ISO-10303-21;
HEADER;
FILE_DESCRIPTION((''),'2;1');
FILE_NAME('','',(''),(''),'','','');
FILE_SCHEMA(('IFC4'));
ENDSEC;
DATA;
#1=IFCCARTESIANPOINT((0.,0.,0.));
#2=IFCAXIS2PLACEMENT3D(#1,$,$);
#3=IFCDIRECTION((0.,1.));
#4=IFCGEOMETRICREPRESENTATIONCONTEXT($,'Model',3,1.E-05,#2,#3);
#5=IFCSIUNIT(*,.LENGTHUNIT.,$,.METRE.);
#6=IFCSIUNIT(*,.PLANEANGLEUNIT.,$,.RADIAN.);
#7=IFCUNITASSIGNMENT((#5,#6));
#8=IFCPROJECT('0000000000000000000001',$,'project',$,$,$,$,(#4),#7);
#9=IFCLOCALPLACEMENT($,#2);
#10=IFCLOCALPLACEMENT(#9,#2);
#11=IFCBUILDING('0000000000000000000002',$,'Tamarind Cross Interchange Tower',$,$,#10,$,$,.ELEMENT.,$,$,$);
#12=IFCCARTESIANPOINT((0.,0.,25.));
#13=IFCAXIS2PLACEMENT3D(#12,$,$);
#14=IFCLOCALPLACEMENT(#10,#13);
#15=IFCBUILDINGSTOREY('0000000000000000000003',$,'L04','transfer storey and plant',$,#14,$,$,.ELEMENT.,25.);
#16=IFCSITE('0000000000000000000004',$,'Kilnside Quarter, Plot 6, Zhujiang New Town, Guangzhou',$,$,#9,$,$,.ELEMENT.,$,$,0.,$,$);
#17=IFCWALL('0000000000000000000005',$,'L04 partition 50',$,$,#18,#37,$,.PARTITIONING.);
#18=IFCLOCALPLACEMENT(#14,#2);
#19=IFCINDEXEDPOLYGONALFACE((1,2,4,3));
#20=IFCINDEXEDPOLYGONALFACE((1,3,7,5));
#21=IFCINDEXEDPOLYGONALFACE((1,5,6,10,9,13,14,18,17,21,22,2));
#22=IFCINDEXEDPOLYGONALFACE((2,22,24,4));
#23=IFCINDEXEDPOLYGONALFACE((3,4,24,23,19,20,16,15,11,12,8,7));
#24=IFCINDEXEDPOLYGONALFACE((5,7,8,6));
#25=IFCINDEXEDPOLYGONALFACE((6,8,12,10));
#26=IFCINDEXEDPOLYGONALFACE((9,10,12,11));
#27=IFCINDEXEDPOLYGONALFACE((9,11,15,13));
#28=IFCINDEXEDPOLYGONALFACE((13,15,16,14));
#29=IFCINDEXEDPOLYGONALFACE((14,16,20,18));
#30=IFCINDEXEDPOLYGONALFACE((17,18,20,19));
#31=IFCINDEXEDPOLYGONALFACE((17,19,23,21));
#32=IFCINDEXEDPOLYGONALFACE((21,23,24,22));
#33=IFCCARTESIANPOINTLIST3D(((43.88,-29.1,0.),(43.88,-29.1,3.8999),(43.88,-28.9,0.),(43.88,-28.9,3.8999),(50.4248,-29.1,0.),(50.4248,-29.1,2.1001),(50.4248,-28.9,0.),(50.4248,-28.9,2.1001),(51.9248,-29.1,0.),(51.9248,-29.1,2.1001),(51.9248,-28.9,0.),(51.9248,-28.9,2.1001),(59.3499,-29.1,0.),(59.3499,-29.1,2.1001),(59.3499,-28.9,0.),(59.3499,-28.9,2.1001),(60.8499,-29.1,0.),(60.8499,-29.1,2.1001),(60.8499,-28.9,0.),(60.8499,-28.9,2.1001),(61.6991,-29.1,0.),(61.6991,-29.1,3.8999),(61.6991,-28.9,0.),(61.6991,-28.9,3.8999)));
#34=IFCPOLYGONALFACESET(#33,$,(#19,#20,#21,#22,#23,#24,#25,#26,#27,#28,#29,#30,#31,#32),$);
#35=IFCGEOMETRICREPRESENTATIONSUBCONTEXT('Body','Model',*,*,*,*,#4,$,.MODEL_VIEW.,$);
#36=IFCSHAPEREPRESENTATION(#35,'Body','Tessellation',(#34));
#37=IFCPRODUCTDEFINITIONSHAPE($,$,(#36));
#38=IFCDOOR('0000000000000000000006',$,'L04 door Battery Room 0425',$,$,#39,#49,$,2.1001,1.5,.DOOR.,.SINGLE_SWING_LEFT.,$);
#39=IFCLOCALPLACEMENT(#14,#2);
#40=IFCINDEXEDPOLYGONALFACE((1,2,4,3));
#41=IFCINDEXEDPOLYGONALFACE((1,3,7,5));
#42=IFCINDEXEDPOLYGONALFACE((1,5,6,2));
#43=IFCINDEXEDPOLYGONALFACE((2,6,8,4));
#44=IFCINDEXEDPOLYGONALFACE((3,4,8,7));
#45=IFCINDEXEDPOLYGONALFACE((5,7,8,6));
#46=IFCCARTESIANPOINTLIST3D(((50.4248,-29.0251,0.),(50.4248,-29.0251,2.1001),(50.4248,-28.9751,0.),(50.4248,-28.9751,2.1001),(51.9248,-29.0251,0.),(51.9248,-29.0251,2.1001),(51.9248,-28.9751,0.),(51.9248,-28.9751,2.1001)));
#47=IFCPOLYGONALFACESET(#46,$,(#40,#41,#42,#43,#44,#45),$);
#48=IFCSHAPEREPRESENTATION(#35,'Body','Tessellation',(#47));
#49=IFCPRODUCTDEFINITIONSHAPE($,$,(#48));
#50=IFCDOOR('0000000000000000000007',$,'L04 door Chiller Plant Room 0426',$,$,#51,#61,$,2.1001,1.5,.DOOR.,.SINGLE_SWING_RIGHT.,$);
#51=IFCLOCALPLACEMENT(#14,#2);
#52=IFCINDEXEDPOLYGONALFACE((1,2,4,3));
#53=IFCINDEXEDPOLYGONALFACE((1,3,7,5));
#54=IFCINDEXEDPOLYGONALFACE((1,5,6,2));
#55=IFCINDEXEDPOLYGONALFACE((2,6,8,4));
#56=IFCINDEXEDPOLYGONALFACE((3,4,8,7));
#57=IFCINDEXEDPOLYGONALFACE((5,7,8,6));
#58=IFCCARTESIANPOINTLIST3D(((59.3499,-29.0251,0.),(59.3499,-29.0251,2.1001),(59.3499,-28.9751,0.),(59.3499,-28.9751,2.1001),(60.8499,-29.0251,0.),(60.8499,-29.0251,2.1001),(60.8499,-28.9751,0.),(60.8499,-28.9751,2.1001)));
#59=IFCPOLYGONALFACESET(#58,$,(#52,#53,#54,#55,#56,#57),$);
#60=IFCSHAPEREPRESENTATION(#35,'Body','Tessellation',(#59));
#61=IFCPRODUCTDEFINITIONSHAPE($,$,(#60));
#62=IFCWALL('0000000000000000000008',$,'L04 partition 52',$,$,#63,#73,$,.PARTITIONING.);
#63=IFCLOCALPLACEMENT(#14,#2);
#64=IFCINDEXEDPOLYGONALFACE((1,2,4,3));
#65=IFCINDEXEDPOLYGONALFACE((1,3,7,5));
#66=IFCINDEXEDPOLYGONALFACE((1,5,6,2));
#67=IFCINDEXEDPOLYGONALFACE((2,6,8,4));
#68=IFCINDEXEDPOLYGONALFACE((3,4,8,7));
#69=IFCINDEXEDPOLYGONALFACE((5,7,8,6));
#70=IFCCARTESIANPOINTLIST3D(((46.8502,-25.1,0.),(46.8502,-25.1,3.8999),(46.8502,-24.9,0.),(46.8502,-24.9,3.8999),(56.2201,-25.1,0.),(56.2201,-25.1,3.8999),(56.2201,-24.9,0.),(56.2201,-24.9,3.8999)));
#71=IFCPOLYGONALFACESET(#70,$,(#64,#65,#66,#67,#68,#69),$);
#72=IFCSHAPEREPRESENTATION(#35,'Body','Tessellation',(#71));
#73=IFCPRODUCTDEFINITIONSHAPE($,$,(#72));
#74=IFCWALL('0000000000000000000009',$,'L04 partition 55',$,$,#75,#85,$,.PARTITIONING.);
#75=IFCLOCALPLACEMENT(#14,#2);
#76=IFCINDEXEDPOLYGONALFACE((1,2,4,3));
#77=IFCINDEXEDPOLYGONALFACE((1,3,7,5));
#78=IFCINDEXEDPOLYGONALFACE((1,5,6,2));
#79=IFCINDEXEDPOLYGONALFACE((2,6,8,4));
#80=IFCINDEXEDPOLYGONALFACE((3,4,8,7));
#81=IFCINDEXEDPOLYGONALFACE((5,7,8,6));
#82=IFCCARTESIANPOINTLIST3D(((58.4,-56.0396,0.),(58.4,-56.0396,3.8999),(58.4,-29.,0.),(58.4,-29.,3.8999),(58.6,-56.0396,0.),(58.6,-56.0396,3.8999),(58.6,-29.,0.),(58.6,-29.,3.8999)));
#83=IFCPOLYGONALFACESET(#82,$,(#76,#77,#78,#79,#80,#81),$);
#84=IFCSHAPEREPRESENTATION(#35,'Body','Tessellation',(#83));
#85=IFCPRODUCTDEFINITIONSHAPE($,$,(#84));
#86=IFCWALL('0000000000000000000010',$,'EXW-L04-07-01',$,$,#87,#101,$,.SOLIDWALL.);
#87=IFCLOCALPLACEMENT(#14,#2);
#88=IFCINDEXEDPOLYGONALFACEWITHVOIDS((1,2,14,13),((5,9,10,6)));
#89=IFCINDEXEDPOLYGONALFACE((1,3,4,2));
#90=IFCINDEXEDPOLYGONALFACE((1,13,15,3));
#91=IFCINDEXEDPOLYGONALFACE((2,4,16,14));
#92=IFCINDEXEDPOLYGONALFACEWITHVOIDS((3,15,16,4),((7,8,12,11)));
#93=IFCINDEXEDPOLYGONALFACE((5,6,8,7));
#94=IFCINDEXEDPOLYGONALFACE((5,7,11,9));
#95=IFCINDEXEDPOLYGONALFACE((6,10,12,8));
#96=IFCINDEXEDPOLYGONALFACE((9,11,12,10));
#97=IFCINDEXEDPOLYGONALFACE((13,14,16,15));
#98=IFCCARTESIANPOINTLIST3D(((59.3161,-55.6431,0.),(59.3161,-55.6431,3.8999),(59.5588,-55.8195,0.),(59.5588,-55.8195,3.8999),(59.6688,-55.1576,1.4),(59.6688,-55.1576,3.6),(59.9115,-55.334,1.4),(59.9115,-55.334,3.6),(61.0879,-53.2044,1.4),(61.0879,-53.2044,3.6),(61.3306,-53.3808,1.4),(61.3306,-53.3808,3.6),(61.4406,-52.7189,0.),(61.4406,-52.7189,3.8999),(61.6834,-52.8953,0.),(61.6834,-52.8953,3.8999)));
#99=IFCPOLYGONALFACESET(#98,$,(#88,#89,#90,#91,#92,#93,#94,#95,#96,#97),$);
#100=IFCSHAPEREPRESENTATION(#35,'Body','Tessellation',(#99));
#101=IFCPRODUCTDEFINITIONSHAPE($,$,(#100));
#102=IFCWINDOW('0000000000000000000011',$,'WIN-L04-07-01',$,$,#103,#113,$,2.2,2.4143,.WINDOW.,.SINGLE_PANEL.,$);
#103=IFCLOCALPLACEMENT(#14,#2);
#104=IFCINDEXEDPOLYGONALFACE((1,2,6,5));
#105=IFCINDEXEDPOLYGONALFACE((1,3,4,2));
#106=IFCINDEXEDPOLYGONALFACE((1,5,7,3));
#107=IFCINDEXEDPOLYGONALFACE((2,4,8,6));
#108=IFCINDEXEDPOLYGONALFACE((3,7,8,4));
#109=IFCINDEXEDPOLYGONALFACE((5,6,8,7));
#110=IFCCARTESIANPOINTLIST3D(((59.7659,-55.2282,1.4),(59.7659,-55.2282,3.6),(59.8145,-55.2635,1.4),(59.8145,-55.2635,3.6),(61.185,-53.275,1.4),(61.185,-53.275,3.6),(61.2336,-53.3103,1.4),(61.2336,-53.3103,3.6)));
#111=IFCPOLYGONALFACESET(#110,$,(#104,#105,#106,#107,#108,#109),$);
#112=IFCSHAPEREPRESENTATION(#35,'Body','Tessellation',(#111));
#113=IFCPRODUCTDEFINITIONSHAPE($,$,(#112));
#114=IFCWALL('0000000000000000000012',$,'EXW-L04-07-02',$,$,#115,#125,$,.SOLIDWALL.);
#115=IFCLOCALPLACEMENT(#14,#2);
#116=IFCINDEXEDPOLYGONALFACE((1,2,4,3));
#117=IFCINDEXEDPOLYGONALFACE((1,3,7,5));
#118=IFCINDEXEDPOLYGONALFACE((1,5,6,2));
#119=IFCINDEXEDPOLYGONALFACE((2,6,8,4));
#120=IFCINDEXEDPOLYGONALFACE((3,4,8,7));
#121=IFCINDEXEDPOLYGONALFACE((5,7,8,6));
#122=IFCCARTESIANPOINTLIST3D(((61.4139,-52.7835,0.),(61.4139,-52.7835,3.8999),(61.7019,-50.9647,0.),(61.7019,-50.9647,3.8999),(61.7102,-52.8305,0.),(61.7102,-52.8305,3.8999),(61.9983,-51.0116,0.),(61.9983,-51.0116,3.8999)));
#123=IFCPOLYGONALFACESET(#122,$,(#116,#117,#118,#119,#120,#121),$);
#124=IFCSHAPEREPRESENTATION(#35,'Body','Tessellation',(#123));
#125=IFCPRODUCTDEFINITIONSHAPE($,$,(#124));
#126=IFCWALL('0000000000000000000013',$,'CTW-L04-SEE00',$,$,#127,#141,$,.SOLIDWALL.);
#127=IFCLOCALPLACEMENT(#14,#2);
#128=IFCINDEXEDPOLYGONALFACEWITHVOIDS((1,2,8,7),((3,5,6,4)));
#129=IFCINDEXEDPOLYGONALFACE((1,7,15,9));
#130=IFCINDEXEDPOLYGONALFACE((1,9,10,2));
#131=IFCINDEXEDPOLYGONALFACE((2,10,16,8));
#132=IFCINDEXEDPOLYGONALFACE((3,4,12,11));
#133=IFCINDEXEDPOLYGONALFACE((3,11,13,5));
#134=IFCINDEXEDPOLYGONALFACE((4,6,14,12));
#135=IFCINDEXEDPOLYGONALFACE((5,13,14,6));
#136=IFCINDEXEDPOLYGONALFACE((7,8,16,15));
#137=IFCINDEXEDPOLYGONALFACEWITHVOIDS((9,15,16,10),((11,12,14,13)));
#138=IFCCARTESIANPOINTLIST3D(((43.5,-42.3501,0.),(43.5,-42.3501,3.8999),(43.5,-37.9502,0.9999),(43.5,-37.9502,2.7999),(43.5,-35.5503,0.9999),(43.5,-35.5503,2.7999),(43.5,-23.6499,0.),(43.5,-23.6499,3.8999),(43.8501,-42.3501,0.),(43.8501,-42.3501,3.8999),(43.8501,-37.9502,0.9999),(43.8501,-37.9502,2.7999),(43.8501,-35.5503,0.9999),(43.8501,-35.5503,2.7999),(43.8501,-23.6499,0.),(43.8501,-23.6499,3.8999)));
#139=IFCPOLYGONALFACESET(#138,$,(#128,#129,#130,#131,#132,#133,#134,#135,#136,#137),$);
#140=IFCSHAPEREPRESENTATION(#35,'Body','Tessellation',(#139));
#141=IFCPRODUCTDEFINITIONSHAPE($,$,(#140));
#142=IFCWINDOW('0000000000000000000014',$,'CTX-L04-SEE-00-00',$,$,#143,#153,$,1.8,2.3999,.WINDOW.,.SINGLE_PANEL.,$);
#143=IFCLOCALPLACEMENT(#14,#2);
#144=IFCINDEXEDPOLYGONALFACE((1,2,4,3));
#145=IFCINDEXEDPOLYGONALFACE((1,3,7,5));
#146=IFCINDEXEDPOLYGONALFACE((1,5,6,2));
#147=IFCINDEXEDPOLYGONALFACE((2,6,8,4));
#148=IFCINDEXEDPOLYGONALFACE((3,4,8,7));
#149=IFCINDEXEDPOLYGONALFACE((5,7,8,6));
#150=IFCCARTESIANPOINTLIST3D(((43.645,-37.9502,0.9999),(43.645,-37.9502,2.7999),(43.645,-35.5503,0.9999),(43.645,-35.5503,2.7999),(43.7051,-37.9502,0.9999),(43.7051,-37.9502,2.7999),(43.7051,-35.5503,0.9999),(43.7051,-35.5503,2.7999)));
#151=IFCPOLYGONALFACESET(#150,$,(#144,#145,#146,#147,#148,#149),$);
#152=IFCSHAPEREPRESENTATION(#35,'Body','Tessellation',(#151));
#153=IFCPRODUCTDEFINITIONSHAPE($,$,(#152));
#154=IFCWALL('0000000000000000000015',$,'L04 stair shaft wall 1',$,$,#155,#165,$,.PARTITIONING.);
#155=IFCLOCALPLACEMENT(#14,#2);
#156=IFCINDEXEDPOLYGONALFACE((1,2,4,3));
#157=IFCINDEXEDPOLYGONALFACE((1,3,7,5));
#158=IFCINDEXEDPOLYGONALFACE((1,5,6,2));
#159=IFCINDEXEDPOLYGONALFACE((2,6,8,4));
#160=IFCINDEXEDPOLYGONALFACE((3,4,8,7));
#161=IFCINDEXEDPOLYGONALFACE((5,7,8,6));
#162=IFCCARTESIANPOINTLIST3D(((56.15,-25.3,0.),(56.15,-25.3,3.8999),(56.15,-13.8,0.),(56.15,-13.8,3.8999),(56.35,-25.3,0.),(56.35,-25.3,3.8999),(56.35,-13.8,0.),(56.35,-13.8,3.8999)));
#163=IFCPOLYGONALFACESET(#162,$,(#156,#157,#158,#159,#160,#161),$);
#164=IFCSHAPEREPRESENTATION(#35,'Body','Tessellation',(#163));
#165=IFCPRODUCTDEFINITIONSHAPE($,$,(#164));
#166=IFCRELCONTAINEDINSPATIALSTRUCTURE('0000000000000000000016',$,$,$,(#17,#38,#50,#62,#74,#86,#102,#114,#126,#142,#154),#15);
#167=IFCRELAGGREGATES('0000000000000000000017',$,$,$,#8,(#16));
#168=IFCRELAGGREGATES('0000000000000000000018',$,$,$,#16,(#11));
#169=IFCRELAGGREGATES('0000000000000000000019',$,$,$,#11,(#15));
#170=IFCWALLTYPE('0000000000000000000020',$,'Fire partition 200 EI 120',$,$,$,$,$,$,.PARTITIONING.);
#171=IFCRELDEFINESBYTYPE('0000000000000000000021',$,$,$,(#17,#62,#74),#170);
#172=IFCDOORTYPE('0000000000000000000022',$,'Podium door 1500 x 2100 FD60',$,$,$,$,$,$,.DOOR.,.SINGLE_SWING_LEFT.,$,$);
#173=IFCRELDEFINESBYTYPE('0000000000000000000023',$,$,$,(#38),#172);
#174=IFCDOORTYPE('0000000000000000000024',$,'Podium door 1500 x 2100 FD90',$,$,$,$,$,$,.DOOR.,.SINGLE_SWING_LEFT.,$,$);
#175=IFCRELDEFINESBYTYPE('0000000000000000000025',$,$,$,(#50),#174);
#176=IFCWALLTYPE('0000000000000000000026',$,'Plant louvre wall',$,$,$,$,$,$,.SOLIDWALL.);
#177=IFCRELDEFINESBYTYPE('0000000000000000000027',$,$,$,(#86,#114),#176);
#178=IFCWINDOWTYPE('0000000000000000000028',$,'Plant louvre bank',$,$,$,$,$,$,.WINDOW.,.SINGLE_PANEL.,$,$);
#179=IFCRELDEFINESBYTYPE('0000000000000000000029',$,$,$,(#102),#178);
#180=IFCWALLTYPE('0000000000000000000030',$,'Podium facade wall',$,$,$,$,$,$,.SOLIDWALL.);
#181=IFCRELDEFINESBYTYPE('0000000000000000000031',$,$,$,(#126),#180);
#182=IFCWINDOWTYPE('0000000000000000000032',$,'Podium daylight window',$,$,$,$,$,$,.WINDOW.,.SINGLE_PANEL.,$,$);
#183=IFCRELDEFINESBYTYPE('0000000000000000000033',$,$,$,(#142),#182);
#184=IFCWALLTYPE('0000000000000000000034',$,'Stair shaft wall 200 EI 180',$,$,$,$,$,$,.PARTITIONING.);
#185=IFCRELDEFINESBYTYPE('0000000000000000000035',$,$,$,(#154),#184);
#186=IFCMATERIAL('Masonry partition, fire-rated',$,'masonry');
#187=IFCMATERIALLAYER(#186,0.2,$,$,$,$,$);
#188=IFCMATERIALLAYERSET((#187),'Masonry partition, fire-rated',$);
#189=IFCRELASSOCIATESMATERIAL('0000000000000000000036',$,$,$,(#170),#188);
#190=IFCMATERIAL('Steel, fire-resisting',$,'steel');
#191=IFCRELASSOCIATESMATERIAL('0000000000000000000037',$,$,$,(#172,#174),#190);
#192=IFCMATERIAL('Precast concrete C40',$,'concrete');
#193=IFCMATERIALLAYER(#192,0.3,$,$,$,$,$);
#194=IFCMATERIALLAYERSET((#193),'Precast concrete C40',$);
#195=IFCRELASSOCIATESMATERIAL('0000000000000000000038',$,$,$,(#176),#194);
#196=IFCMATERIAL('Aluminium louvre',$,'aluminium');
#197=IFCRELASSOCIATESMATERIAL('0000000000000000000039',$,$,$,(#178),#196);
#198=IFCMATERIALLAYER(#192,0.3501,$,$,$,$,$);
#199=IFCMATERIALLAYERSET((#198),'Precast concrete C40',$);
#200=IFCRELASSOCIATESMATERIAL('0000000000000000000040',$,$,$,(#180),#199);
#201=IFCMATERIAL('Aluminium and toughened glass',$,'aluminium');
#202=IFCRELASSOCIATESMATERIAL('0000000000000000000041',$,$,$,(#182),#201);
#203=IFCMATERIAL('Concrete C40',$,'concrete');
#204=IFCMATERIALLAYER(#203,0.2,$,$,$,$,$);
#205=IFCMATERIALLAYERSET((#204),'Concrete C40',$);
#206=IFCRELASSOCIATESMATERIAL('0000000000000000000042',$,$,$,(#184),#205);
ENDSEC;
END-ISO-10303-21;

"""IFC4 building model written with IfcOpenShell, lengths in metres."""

from ifc_helpers import new_model, si_unit, direction, frame, frame_2d, origin, place, context, subcontext, project, spatial, rectangle, extrude, material, layer, layer_set, type_object, element, fill, save


model = new_model("IFC4")

# Units and contexts
model_context = context("Model", 3, precision=1e-05, world=origin(), true_north=direction((0.0, 1.0)))
body_context = subcontext(model_context, "Body", "Model", "MODEL_VIEW")
ifc_project = project(units=[si_unit("LENGTHUNIT", "METRE"), si_unit("PLANEANGLEUNIT", "RADIAN")], contexts=[model_context])

# Site, building, storey
site_placement = place(None, origin())
site = spatial("IfcSite", under=ifc_project, at=site_placement, Name="Kilnside Quarter, Plot 6, Zhujiang New Town, Guangzhou", CompositionType="ELEMENT", RefElevation=0.0)
building_placement = place(site_placement, origin())
building = spatial("IfcBuilding", under=site, at=building_placement, Name="Tamarind Cross Interchange Tower", CompositionType="ELEMENT")
storey_placement = place(building_placement, frame((0.0, 0.0, 25.0)))
storey = spatial("IfcBuildingStorey", under=building, at=storey_placement, Name="L04", Description="transfer storey and plant", CompositionType="ELEMENT", Elevation=25.0)

# Shared definitions
ifc_material_1 = material(Name="Masonry partition, fire-rated", Category="masonry")
ifc_layer_1 = layer(ifc_material_1, 0.2)
ifc_layer_set_1 = layer_set([ifc_layer_1], Name="Masonry partition, fire-rated")
wall_type_1 = type_object("IfcWallType", Name="Fire partition 200 EI 120", PredefinedType="PARTITIONING", material=ifc_layer_set_1)

# Shared definitions
ifc_material_2 = material(Name="Steel, fire-resisting", Category="steel")
door_type_1 = type_object("IfcDoorType", Name="Podium door 1500 x 2100 FD60", OperationType="SINGLE_SWING_LEFT", PredefinedType="DOOR", material=ifc_material_2)

# Wall, openings, doors
wall_1_placement = place(storey_placement, frame((43.8799, -29.0, 0.0), z_axis=(0.0, 0.0, 1.0), x_axis=(1.0, 0.0, 0.0)))
wall_1 = element("IfcWall", 1, at=wall_1_placement, inside=storey, type_object=wall_type_1, Name="L04 partition 50", PredefinedType="PARTITIONING", context=body_context, shape_type="SweptSolid", body=[
    extrude(rectangle(XDim=17.8191, YDim=0.2, at=frame_2d((8.9097, 0.0))), origin(), (0.0, 0.0, 1.0), 3.8999),
])
opening_1_placement = place(wall_1_placement, frame((6.5449, 0.0, 0.0)))
opening_1 = element("IfcOpeningElement", 2, at=opening_1_placement, cuts=wall_1, PredefinedType="OPENING", context=body_context, shape_type="SweptSolid", body=[
    extrude(rectangle(XDim=1.5, YDim=2.1001, at=frame_2d((0.75, 1.05))), frame((0.0, 0.1099, 0.0), z_axis=(0.0, -1.0, 0.0), x_axis=(1.0, 0.0, 0.0)), (0.0, 0.0, 1.0), 0.22),
])
opening_2_placement = place(wall_1_placement, frame((15.47, 0.0, 0.0)))
opening_2 = element("IfcOpeningElement", 3, at=opening_2_placement, cuts=wall_1, PredefinedType="OPENING", context=body_context, shape_type="SweptSolid", body=[
    extrude(rectangle(XDim=1.5, YDim=2.1001, at=frame_2d((0.75, 1.05))), frame((0.0, 0.1099, 0.0), z_axis=(0.0, -1.0, 0.0), x_axis=(1.0, 0.0, 0.0)), (0.0, 0.0, 1.0), 0.22),
])
door_1_placement = place(opening_1_placement, origin())
door_1 = element("IfcDoor", 4, at=door_1_placement, inside=storey, type_object=door_type_1, Name="L04 door Battery Room 0425", OperationType="SINGLE_SWING_LEFT", OverallHeight=2.1001, OverallWidth=1.5, PredefinedType="DOOR", context=body_context, shape_type="SweptSolid", body=[
    extrude(rectangle(XDim=1.5, YDim=2.1001, at=frame_2d((0.75, 1.05))), frame((0.0, 0.0249, 0.0), z_axis=(0.0, -1.0, 0.0), x_axis=(1.0, 0.0, 0.0)), (0.0, 0.0, 1.0), 0.05),
])
fill(opening_1, door_1)
door_type_2 = type_object("IfcDoorType", Name="Podium door 1500 x 2100 FD90", OperationType="SINGLE_SWING_LEFT", PredefinedType="DOOR", material=ifc_material_2)
door_2_placement = place(opening_2_placement, origin())
door_2 = element("IfcDoor", 5, at=door_2_placement, inside=storey, type_object=door_type_2, Name="L04 door Chiller Plant Room 0426", OperationType="SINGLE_SWING_RIGHT", OverallHeight=2.1001, OverallWidth=1.5, PredefinedType="DOOR", context=body_context, shape_type="SweptSolid", body=[
    extrude(rectangle(XDim=1.5, YDim=2.1001, at=frame_2d((0.75, 1.05))), frame((0.0, 0.0249, 0.0), z_axis=(0.0, -1.0, 0.0), x_axis=(1.0, 0.0, 0.0)), (0.0, 0.0, 1.0), 0.05),
])
fill(opening_2, door_2)

# Walls
wall_2_placement = place(storey_placement, frame((46.8501, -25.0, 0.0), z_axis=(0.0, 0.0, 1.0), x_axis=(1.0, 0.0, 0.0)))
element("IfcWall", 6, at=wall_2_placement, inside=storey, type_object=wall_type_1, Name="L04 partition 52", PredefinedType="PARTITIONING", context=body_context, shape_type="SweptSolid", body=[
    extrude(rectangle(XDim=9.3699, YDim=0.2, at=frame_2d((4.6851, 0.0))), origin(), (0.0, 0.0, 1.0), 3.8999),
])
wall_3_placement = place(storey_placement, frame((58.5, -56.0396, 0.0), z_axis=(0.0, 0.0, 1.0), x_axis=(0.0, 1.0, 0.0)))
element("IfcWall", 7, at=wall_3_placement, inside=storey, type_object=wall_type_1, Name="L04 partition 55", PredefinedType="PARTITIONING", context=body_context, shape_type="SweptSolid", body=[
    extrude(rectangle(XDim=27.0396, YDim=0.2, at=frame_2d((13.5198, 0.0))), origin(), (0.0, 0.0, 1.0), 3.8999),
])

# Shared definitions
ifc_material_3 = material(Name="Precast concrete C40", Category="concrete")
ifc_layer_2 = layer(ifc_material_3, 0.3)
ifc_layer_set_2 = layer_set([ifc_layer_2], Name="Precast concrete C40")
wall_type_2 = type_object("IfcWallType", Name="Plant louvre wall", PredefinedType="SOLIDWALL", material=ifc_layer_set_2)
ifc_material_4 = material(Name="Aluminium louvre", Category="aluminium")
window_type_1 = type_object("IfcWindowType", Name="Plant louvre bank", PartitioningType="SINGLE_PANEL", PredefinedType="WINDOW", material=ifc_material_4)

# Wall, opening, window
wall_4_placement = place(storey_placement, frame((59.4375, -55.7312, 0.0), z_axis=(0.0, 0.0, 1.0), x_axis=(0.587794, 0.809011, 0.0)))
wall_4 = element("IfcWall", 8, at=wall_4_placement, inside=storey, type_object=wall_type_2, Name="EXW-L04-07-01", PredefinedType="SOLIDWALL", context=body_context, shape_type="SweptSolid", body=[
    extrude(rectangle(XDim=3.6145, YDim=0.3, at=frame_2d((1.8071, 0.0))), origin(), (0.0, 0.0, 1.0), 3.8999),
])
opening_3_placement = place(wall_4_placement, frame((0.6001, 0.0, 1.3999)))
opening_3 = element("IfcOpeningElement", 9, at=opening_3_placement, cuts=wall_4, PredefinedType="OPENING", context=body_context, shape_type="SweptSolid", body=[
    extrude(rectangle(XDim=2.4143, YDim=2.2, at=frame_2d((1.207, 1.1001))), frame((0.0, 0.1599, 0.0), z_axis=(0.0, -1.0, 0.0), x_axis=(1.0, 0.0, 0.0)), (0.0, 0.0, 1.0), 0.3201),
])
window_1_placement = place(opening_3_placement, origin())
window_1 = element("IfcWindow", 10, at=window_1_placement, inside=storey, type_object=window_type_1, Name="WIN-L04-07-01", OverallHeight=2.2, OverallWidth=2.4143, PartitioningType="SINGLE_PANEL", PredefinedType="WINDOW", context=body_context, shape_type="SweptSolid", body=[
    extrude(rectangle(XDim=2.4143, YDim=2.2, at=frame_2d((1.207, 1.1001))), frame((0.0, 0.03, 0.0), z_axis=(0.0, -1.0, 0.0), x_axis=(1.0, 0.0, 0.0)), (0.0, 0.0, 1.0), 0.0601),
])
fill(opening_3, window_1)

# Wall
wall_5_placement = place(storey_placement, frame((61.562, -52.8071, 0.0), z_axis=(0.0, 0.0, 1.0), x_axis=(0.156439, 0.987688, 0.0)))
element("IfcWall", 11, at=wall_5_placement, inside=storey, type_object=wall_type_2, Name="EXW-L04-07-02", PredefinedType="SOLIDWALL", context=body_context, shape_type="SweptSolid", body=[
    extrude(rectangle(XDim=1.8416, YDim=0.3, at=frame_2d((0.9209, 0.0))), origin(), (0.0, 0.0, 1.0), 3.8999),
])

# Wall, opening, window
ifc_layer_3 = layer(ifc_material_3, 0.3501)
ifc_layer_set_3 = layer_set([ifc_layer_3], Name="Precast concrete C40")
wall_type_3 = type_object("IfcWallType", Name="Podium facade wall", PredefinedType="SOLIDWALL", material=ifc_layer_set_3)
wall_6_placement = place(storey_placement, frame((43.675, -42.3501, 0.0), z_axis=(0.0, 0.0, 1.0), x_axis=(0.0, 1.0, 0.0)))
wall_6 = element("IfcWall", 12, at=wall_6_placement, inside=storey, type_object=wall_type_3, Name="CTW-L04-SEE00", PredefinedType="SOLIDWALL", context=body_context, shape_type="SweptSolid", body=[
    extrude(rectangle(XDim=18.7002, YDim=0.3501, at=frame_2d((9.3501, 0.0))), origin(), (0.0, 0.0, 1.0), 3.8999),
])
opening_4_placement = place(wall_6_placement, frame((4.3999, 0.0, 1.0)))
opening_4 = element("IfcOpeningElement", 13, at=opening_4_placement, cuts=wall_6, PredefinedType="OPENING", context=body_context, shape_type="SweptSolid", body=[
    extrude(rectangle(XDim=2.3999, YDim=1.8, at=frame_2d((1.2, 0.8999))), frame((0.0, 0.1851, 0.0), z_axis=(0.0, -1.0, 0.0), x_axis=(1.0, 0.0, 0.0)), (0.0, 0.0, 1.0), 0.3701),
])
ifc_material_5 = material(Name="Aluminium and toughened glass", Category="aluminium")
window_type_2 = type_object("IfcWindowType", Name="Podium daylight window", PartitioningType="SINGLE_PANEL", PredefinedType="WINDOW", material=ifc_material_5)
window_2_placement = place(opening_4_placement, origin())
window_2 = element("IfcWindow", 14, at=window_2_placement, inside=storey, type_object=window_type_2, Name="CTX-L04-SEE-00-00", OverallHeight=1.8, OverallWidth=2.3999, PartitioningType="SINGLE_PANEL", PredefinedType="WINDOW", context=body_context, shape_type="SweptSolid", body=[
    extrude(rectangle(XDim=2.3999, YDim=1.8, at=frame_2d((1.2, 0.8999))), frame((0.0, 0.03, 0.0), z_axis=(0.0, -1.0, 0.0), x_axis=(1.0, 0.0, 0.0)), (0.0, 0.0, 1.0), 0.0601),
])
fill(opening_4, window_2)

# Wall
ifc_material_6 = material(Name="Concrete C40", Category="concrete")
ifc_layer_4 = layer(ifc_material_6, 0.2)
ifc_layer_set_4 = layer_set([ifc_layer_4], Name="Concrete C40")
wall_type_4 = type_object("IfcWallType", Name="Stair shaft wall 200 EI 180", PredefinedType="PARTITIONING", material=ifc_layer_set_4)
for number, where, z_axis, x_axis, name in (
    (15, (56.25, -25.3, 0.0), (0.0, 0.0, 1.0), (0.0, 1.0, 0.0), "L04 stair shaft wall 1"),
):
    element("IfcWall", number, at=place(storey_placement, frame(where, z_axis=z_axis, x_axis=x_axis)), inside=storey, type_object=wall_type_4, Name=name, PredefinedType="PARTITIONING", context=body_context, shape_type="SweptSolid", body=[
        extrude(rectangle(XDim=11.5, YDim=0.2, at=frame_2d((5.75, 0.0))), origin(), (0.0, 0.0, 1.0), 3.8999),
    ])

save(model, "model.ifc")
